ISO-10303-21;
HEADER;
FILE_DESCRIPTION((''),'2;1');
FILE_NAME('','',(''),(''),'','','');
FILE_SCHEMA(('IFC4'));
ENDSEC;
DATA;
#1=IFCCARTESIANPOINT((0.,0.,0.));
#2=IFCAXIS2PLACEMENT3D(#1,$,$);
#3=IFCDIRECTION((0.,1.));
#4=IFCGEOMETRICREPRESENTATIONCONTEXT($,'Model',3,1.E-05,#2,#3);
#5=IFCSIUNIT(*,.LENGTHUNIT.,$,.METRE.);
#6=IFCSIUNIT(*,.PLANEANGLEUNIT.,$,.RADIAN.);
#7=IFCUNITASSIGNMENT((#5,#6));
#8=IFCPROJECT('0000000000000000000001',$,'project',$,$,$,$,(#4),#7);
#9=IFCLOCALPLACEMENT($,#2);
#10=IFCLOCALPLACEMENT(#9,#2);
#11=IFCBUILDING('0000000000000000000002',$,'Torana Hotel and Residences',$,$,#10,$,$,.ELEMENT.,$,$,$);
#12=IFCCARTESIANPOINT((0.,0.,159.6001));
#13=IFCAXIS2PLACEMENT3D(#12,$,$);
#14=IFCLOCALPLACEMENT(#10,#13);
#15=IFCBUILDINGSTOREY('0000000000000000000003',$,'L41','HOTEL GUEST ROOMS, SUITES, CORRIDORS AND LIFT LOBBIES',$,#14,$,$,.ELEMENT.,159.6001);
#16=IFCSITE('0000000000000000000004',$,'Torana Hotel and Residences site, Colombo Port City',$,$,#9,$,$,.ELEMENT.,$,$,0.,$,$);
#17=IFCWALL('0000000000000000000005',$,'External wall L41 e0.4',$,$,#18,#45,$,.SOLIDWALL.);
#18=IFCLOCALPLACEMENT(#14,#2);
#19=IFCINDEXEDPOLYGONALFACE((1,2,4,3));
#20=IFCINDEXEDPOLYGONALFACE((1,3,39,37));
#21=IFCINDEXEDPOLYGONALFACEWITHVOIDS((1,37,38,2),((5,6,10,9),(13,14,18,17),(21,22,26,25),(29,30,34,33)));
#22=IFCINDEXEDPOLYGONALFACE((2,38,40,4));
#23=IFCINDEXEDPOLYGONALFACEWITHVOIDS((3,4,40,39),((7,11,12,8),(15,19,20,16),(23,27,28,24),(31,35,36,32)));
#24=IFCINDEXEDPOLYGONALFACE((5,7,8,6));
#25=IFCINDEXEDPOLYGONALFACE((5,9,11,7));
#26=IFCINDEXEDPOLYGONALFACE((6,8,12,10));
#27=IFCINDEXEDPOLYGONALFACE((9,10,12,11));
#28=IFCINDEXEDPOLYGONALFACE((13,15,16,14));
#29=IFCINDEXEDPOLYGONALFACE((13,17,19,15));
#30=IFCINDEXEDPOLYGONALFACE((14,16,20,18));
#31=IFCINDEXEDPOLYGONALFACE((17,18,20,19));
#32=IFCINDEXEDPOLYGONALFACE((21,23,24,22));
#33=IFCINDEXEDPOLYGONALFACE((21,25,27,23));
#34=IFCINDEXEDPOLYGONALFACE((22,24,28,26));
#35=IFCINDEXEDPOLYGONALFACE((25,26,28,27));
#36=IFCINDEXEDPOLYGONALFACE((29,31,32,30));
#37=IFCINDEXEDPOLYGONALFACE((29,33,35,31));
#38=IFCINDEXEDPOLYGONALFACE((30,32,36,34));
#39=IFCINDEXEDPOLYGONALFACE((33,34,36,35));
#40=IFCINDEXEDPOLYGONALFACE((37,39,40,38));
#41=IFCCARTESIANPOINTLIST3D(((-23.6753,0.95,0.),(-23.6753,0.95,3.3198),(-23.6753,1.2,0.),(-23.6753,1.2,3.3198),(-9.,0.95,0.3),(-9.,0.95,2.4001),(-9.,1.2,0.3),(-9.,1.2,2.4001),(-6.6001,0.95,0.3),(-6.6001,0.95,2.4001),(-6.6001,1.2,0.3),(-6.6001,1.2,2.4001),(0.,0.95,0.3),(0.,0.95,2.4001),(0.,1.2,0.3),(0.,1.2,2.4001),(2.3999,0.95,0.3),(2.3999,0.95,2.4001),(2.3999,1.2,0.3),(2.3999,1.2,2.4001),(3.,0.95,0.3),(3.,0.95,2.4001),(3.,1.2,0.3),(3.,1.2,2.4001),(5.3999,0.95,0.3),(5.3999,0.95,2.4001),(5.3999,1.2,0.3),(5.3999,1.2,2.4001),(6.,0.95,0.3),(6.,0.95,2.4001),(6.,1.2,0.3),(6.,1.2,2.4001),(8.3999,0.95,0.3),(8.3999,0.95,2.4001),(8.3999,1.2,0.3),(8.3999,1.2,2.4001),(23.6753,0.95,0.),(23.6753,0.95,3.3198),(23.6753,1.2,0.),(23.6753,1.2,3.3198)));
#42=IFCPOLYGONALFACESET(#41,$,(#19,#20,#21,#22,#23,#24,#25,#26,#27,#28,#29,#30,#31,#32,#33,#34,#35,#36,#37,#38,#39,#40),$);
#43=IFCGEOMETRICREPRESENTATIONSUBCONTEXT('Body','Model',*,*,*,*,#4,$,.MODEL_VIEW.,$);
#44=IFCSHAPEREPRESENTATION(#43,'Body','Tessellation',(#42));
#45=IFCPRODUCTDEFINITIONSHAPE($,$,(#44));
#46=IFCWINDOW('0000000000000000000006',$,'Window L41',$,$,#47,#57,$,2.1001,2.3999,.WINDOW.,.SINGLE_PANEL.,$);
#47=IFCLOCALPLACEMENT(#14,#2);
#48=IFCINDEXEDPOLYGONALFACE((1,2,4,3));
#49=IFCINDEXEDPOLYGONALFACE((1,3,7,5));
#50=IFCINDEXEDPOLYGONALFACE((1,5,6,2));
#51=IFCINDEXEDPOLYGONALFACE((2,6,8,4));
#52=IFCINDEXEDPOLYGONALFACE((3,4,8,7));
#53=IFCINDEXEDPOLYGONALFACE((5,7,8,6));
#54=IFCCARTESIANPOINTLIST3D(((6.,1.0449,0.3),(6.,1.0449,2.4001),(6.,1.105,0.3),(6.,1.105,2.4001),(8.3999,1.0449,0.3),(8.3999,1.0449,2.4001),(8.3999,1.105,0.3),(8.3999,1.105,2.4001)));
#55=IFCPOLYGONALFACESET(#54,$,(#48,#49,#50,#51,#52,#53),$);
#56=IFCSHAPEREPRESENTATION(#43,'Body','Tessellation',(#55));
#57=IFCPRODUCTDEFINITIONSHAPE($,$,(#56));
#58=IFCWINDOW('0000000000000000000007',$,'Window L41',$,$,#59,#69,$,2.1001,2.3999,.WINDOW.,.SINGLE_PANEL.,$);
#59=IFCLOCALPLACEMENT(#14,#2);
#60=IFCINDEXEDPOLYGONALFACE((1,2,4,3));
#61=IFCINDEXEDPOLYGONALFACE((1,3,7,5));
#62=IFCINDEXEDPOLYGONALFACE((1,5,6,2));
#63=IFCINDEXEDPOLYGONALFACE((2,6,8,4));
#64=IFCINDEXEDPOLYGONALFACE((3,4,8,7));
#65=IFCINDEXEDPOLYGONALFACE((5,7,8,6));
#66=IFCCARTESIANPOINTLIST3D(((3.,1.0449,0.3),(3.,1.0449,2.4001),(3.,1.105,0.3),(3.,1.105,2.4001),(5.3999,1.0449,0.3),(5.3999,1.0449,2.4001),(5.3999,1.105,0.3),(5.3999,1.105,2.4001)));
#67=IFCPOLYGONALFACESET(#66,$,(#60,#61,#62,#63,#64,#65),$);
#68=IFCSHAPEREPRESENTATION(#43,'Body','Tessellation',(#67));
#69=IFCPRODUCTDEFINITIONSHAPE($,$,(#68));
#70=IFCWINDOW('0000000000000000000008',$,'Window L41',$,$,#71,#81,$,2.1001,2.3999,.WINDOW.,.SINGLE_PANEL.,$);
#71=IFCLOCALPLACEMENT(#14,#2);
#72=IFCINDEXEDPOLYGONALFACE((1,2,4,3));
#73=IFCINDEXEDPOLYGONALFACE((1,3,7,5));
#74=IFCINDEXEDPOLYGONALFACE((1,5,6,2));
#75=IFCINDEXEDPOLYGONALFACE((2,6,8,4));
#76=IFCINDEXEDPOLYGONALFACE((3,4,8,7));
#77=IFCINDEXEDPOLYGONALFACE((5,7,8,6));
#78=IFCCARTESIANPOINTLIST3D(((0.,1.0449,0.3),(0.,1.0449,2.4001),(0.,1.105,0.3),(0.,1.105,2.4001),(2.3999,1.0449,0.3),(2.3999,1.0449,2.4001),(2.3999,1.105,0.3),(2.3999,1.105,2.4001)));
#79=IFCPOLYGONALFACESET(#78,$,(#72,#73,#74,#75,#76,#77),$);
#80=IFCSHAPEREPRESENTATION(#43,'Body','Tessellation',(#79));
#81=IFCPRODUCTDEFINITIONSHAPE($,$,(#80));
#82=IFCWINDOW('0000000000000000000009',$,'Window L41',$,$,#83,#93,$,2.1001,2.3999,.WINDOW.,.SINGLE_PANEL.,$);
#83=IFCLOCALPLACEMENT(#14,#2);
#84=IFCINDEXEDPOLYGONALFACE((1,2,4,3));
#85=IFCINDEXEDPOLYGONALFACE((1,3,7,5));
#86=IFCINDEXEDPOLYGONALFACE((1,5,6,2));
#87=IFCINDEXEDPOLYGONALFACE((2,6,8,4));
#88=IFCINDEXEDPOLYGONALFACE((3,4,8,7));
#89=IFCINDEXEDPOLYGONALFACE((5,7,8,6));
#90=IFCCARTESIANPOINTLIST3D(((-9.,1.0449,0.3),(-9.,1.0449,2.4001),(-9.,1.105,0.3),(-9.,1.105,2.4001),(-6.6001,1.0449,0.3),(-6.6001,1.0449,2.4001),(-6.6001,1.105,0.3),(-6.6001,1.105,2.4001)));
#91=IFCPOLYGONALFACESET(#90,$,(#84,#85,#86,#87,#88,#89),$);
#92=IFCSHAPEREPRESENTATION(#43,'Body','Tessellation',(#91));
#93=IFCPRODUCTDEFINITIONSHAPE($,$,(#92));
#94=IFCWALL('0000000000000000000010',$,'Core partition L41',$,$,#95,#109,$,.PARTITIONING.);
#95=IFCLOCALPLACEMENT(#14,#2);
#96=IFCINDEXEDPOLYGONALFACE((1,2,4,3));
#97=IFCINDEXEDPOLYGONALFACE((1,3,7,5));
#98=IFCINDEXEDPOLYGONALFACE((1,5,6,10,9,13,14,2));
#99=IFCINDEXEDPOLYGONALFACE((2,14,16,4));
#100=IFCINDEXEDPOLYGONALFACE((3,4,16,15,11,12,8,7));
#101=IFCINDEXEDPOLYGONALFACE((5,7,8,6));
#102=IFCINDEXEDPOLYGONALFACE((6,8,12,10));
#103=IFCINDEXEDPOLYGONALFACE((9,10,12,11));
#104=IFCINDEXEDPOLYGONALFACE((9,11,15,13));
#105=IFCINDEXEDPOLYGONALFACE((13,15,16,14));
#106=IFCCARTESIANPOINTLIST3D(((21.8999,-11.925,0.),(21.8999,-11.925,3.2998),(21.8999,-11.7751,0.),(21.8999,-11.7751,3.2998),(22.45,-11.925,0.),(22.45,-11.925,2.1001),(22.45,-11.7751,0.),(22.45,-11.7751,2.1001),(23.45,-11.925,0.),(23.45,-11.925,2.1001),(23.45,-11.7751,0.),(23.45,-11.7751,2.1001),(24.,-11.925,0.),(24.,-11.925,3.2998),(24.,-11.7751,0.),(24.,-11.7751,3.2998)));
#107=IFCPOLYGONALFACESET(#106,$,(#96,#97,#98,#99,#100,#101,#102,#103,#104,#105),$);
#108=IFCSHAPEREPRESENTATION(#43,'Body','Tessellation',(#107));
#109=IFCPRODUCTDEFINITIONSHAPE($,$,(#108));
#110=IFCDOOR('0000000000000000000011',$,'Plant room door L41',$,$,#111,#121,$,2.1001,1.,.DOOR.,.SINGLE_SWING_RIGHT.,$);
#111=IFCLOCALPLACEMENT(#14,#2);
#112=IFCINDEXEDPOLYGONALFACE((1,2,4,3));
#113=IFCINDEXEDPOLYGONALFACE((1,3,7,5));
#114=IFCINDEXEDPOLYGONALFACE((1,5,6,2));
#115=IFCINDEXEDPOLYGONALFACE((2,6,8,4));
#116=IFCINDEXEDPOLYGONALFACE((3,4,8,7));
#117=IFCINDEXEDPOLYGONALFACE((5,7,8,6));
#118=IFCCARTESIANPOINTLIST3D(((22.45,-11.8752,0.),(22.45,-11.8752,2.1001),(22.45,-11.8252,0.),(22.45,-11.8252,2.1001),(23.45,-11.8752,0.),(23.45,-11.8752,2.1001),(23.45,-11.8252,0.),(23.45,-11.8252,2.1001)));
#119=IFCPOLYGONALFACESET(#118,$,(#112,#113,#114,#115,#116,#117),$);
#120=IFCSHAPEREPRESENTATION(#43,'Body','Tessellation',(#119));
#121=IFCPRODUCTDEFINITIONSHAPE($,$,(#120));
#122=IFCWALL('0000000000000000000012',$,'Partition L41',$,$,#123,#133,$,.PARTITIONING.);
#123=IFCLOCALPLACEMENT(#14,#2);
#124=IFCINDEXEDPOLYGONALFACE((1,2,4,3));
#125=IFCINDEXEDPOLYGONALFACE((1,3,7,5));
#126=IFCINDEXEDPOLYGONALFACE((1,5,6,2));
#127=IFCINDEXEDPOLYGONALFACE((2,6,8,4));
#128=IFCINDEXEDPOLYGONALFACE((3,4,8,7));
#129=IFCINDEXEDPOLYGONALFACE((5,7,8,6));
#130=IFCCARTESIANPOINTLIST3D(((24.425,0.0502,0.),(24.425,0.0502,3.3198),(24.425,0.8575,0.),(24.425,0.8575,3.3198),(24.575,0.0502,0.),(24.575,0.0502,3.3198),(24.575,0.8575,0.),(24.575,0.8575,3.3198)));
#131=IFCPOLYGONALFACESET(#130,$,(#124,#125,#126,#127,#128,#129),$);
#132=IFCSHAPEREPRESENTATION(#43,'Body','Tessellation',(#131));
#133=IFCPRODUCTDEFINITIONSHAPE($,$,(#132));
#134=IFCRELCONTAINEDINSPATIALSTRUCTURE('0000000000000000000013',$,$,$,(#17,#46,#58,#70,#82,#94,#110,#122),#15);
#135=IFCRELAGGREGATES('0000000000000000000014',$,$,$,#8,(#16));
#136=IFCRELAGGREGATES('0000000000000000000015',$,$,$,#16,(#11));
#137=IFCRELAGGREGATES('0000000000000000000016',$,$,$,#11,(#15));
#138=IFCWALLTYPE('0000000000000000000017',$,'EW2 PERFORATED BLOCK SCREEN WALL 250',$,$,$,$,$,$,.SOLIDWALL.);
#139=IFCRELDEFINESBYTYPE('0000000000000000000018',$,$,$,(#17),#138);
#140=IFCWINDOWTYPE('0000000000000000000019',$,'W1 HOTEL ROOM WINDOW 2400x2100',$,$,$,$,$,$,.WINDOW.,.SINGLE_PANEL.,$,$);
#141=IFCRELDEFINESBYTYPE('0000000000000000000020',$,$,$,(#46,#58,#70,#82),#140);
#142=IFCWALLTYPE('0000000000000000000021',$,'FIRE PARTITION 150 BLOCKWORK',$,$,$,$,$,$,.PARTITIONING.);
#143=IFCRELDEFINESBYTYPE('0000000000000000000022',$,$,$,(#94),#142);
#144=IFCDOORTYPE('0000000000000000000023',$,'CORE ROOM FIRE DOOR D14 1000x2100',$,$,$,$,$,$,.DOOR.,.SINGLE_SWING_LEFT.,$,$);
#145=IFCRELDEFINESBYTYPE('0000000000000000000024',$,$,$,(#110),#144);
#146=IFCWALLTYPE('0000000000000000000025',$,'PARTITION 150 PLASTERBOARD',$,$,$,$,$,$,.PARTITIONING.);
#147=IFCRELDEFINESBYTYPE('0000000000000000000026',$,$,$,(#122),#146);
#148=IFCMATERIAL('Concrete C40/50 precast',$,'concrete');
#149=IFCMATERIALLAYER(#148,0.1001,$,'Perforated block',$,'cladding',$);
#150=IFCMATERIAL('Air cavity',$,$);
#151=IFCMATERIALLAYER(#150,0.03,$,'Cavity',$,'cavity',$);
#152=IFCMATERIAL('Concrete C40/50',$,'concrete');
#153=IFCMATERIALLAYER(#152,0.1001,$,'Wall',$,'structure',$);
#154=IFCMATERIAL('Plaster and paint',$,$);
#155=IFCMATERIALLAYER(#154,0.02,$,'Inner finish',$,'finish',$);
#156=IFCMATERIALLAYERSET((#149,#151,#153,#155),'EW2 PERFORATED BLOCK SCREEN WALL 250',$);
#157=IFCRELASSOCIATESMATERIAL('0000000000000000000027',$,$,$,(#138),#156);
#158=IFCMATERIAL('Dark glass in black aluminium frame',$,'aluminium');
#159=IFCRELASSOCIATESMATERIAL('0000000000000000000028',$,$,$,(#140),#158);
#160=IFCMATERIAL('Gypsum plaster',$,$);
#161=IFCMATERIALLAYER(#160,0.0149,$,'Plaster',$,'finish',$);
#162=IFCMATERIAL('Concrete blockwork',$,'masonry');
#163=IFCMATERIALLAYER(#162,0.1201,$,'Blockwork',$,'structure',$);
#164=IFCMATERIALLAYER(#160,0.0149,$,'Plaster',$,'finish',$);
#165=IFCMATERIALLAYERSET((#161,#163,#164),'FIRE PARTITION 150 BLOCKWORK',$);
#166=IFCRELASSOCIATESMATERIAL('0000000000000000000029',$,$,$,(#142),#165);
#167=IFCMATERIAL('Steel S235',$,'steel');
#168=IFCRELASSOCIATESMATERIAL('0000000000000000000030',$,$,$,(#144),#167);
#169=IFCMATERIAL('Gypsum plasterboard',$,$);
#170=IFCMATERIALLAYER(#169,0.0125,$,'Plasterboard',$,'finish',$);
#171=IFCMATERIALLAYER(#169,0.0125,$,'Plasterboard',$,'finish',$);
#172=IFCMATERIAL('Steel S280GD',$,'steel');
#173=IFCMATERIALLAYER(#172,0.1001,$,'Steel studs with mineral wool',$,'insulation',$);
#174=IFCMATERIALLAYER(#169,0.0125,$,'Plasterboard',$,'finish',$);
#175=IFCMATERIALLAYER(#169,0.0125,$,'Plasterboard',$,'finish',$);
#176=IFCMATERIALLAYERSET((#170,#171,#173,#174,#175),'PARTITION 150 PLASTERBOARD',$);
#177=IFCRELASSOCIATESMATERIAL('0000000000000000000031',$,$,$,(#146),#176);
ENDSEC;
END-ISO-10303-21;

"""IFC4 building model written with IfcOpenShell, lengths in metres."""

from ifc_helpers import new_model, si_unit, direction, frame, frame_2d, origin, place, context, subcontext, project, spatial, rectangle, extrude, material, layer, layer_set, type_object, element, fill, save


model = new_model("IFC4")

# Units and contexts
model_context = context("Model", 3, precision=1e-05, world=origin(), true_north=direction((0.0, 1.0)))
body_context = subcontext(model_context, "Body", "Model", "MODEL_VIEW")
ifc_project = project(units=[si_unit("LENGTHUNIT", "METRE"), si_unit("PLANEANGLEUNIT", "RADIAN")], contexts=[model_context])

# Site, building, storey
site_placement = place(None, origin())
site = spatial("IfcSite", under=ifc_project, at=site_placement, Name="Torana Hotel and Residences site, Colombo Port City", CompositionType="ELEMENT", RefElevation=0.0)
building_placement = place(site_placement, origin())
building = spatial("IfcBuilding", under=site, at=building_placement, Name="Torana Hotel and Residences", CompositionType="ELEMENT")
storey_placement = place(building_placement, frame((0.0, 0.0, 159.6001)))
storey = spatial("IfcBuildingStorey", under=building, at=storey_placement, Name="L41", Description="HOTEL GUEST ROOMS, SUITES, CORRIDORS AND LIFT LOBBIES", CompositionType="ELEMENT", Elevation=159.6001)

# Shared definitions
ifc_material_1 = material(Name="Steel S280GD", Category="steel")

# Wall, openings, windows
ifc_material_2 = material(Name="Concrete C40/50 precast", Category="concrete")
ifc_layer_1 = layer(ifc_material_2, 0.1001, Name="Perforated block", Category="cladding")
ifc_material_3 = material(Name="Air cavity")
ifc_layer_2 = layer(ifc_material_3, 0.03, Name="Cavity", Category="cavity")
ifc_material_4 = material(Name="Concrete C40/50", Category="concrete")
ifc_layer_3 = layer(ifc_material_4, 0.1001, Name="Wall", Category="structure")
ifc_material_5 = material(Name="Plaster and paint")
ifc_layer_4 = layer(ifc_material_5, 0.02, Name="Inner finish", Category="finish")
ifc_layer_set_1 = layer_set([ifc_layer_1, ifc_layer_2, ifc_layer_3, ifc_layer_4], Name="EW2 PERFORATED BLOCK SCREEN WALL 250")
wall_type_1 = type_object("IfcWallType", Name="EW2 PERFORATED BLOCK SCREEN WALL 250", PredefinedType="SOLIDWALL", material=ifc_layer_set_1)
wall_1_placement = place(storey_placement, frame((23.6753, 1.075, 0.0), z_axis=(0.0, 0.0, 1.0), x_axis=(-1.0, 0.0, 0.0)))
wall_1 = element("IfcWall", 1, at=wall_1_placement, inside=storey, type_object=wall_type_1, Name="External wall L41 e0.4", PredefinedType="SOLIDWALL", context=body_context, shape_type="SweptSolid", body=[
    extrude(rectangle(XDim=47.3506, YDim=0.25, at=frame_2d((23.6753, 0.0))), origin(), (0.0, 0.0, 1.0), 3.3198),
])
opening_1_placement = place(wall_1_placement, frame((15.2754, 0.0, 0.3)))
opening_1 = element("IfcOpeningElement", 2, at=opening_1_placement, cuts=wall_1, PredefinedType="OPENING", context=body_context, shape_type="SweptSolid", body=[
    extrude(rectangle(XDim=2.3999, YDim=2.1001, at=frame_2d((1.2, 1.05))), frame((0.0, 0.135, 0.0), z_axis=(0.0, -1.0, 0.0), x_axis=(1.0, 0.0, 0.0)), (0.0, 0.0, 1.0), 0.27),
])
opening_2_placement = place(wall_1_placement, frame((18.2754, 0.0, 0.3)))
opening_2 = element("IfcOpeningElement", 3, at=opening_2_placement, cuts=wall_1, PredefinedType="OPENING", context=body_context, shape_type="SweptSolid", body=[
    extrude(rectangle(XDim=2.3999, YDim=2.1001, at=frame_2d((1.2, 1.05))), frame((0.0, 0.135, 0.0), z_axis=(0.0, -1.0, 0.0), x_axis=(1.0, 0.0, 0.0)), (0.0, 0.0, 1.0), 0.27),
])
opening_3_placement = place(wall_1_placement, frame((21.2754, 0.0, 0.3)))
opening_3 = element("IfcOpeningElement", 4, at=opening_3_placement, cuts=wall_1, PredefinedType="OPENING", context=body_context, shape_type="SweptSolid", body=[
    extrude(rectangle(XDim=2.3999, YDim=2.1001, at=frame_2d((1.2, 1.05))), frame((0.0, 0.135, 0.0), z_axis=(0.0, -1.0, 0.0), x_axis=(1.0, 0.0, 0.0)), (0.0, 0.0, 1.0), 0.27),
])
opening_4_placement = place(wall_1_placement, frame((30.2754, 0.0, 0.3)))
opening_4 = element("IfcOpeningElement", 5, at=opening_4_placement, cuts=wall_1, PredefinedType="OPENING", context=body_context, shape_type="SweptSolid", body=[
    extrude(rectangle(XDim=2.3999, YDim=2.1001, at=frame_2d((1.2, 1.05))), frame((0.0, 0.135, 0.0), z_axis=(0.0, -1.0, 0.0), x_axis=(1.0, 0.0, 0.0)), (0.0, 0.0, 1.0), 0.27),
])
ifc_material_6 = material(Name="Dark glass in black aluminium frame", Category="aluminium")
window_type = type_object("IfcWindowType", Name="W1 HOTEL ROOM WINDOW 2400x2100", PartitioningType="SINGLE_PANEL", PredefinedType="WINDOW", material=ifc_material_6)
window_1_placement = place(opening_1_placement, origin())
window_1 = element("IfcWindow", 6, at=window_1_placement, inside=storey, type_object=window_type, Name="Window L41", OverallHeight=2.1001, OverallWidth=2.3999, PartitioningType="SINGLE_PANEL", PredefinedType="WINDOW", context=body_context, shape_type="SweptSolid", body=[
    extrude(rectangle(XDim=2.3999, YDim=2.1001, at=frame_2d((1.2, 1.05))), frame((0.0, 0.03, 0.0), z_axis=(0.0, -1.0, 0.0), x_axis=(1.0, 0.0, 0.0)), (0.0, 0.0, 1.0), 0.0601),
])
fill(opening_1, window_1)
window_2_placement = place(opening_2_placement, origin())
window_2 = element("IfcWindow", 7, at=window_2_placement, inside=storey, type_object=window_type, Name="Window L41", OverallHeight=2.1001, OverallWidth=2.3999, PartitioningType="SINGLE_PANEL", PredefinedType="WINDOW", context=body_context, shape_type="SweptSolid", body=[
    extrude(rectangle(XDim=2.3999, YDim=2.1001, at=frame_2d((1.2, 1.05))), frame((0.0, 0.03, 0.0), z_axis=(0.0, -1.0, 0.0), x_axis=(1.0, 0.0, 0.0)), (0.0, 0.0, 1.0), 0.0601),
])
fill(opening_2, window_2)
window_3_placement = place(opening_3_placement, origin())
window_3 = element("IfcWindow", 8, at=window_3_placement, inside=storey, type_object=window_type, Name="Window L41", OverallHeight=2.1001, OverallWidth=2.3999, PartitioningType="SINGLE_PANEL", PredefinedType="WINDOW", context=body_context, shape_type="SweptSolid", body=[
    extrude(rectangle(XDim=2.3999, YDim=2.1001, at=frame_2d((1.2, 1.05))), frame((0.0, 0.03, 0.0), z_axis=(0.0, -1.0, 0.0), x_axis=(1.0, 0.0, 0.0)), (0.0, 0.0, 1.0), 0.0601),
])
fill(opening_3, window_3)
window_4_placement = place(opening_4_placement, origin())
window_4 = element("IfcWindow", 9, at=window_4_placement, inside=storey, type_object=window_type, Name="Window L41", OverallHeight=2.1001, OverallWidth=2.3999, PartitioningType="SINGLE_PANEL", PredefinedType="WINDOW", context=body_context, shape_type="SweptSolid", body=[
    extrude(rectangle(XDim=2.3999, YDim=2.1001, at=frame_2d((1.2, 1.05))), frame((0.0, 0.03, 0.0), z_axis=(0.0, -1.0, 0.0), x_axis=(1.0, 0.0, 0.0)), (0.0, 0.0, 1.0), 0.0601),
])
fill(opening_4, window_4)

# Wall, opening, door
ifc_material_7 = material(Name="Gypsum plaster")
ifc_layer_5 = layer(ifc_material_7, 0.0149, Name="Plaster", Category="finish")
ifc_material_8 = material(Name="Concrete blockwork", Category="masonry")
ifc_layer_6 = layer(ifc_material_8, 0.1201, Name="Blockwork", Category="structure")
ifc_layer_7 = layer(ifc_material_7, 0.0149, Name="Plaster", Category="finish")
ifc_layer_set_2 = layer_set([ifc_layer_5, ifc_layer_6, ifc_layer_7], Name="FIRE PARTITION 150 BLOCKWORK")
wall_type_2 = type_object("IfcWallType", Name="FIRE PARTITION 150 BLOCKWORK", PredefinedType="PARTITIONING", material=ifc_layer_set_2)
wall_2_placement = place(storey_placement, frame((21.8999, -11.8501, 0.0), z_axis=(0.0, 0.0, 1.0), x_axis=(1.0, 0.0, 0.0)))
wall_2 = element("IfcWall", 10, at=wall_2_placement, inside=storey, type_object=wall_type_2, Name="Core partition L41", PredefinedType="PARTITIONING", context=body_context, shape_type="SweptSolid", body=[
    extrude(rectangle(XDim=2.1001, YDim=0.1499, at=frame_2d((1.05, 0.0))), origin(), (0.0, 0.0, 1.0), 3.2998),
])
opening_5_placement = place(wall_2_placement, frame((0.55, 0.0, 0.0)))
opening_5 = element("IfcOpeningElement", 11, at=opening_5_placement, cuts=wall_2, PredefinedType="OPENING", context=body_context, shape_type="SweptSolid", body=[
    extrude(rectangle(XDim=1.0, YDim=2.1001, at=frame_2d((0.5, 1.05))), frame((0.0, 0.085, 0.0), z_axis=(0.0, -1.0, 0.0), x_axis=(1.0, 0.0, 0.0)), (0.0, 0.0, 1.0), 0.1699),
])
ifc_material_9 = material(Name="Steel S235", Category="steel")
door_type_1 = type_object("IfcDoorType", Name="CORE ROOM FIRE DOOR D14 1000x2100", OperationType="SINGLE_SWING_LEFT", PredefinedType="DOOR", material=ifc_material_9)
door_1_placement = place(opening_5_placement, origin())
door_1 = element("IfcDoor", 12, at=door_1_placement, inside=storey, type_object=door_type_1, Name="Plant room door L41", OperationType="SINGLE_SWING_RIGHT", OverallHeight=2.1001, OverallWidth=1.0, PredefinedType="DOOR", context=body_context, shape_type="SweptSolid", body=[
    extrude(rectangle(XDim=1.0, YDim=2.1001, at=frame_2d((0.5, 1.05))), frame((0.0, 0.0249, 0.0), z_axis=(0.0, -1.0, 0.0), x_axis=(1.0, 0.0, 0.0)), (0.0, 0.0, 1.0), 0.05),
])
fill(opening_5, door_1)

# Wall
ifc_material_10 = material(Name="Gypsum plasterboard")
ifc_layer_8 = layer(ifc_material_10, 0.0125, Name="Plasterboard", Category="finish")
ifc_layer_9 = layer(ifc_material_10, 0.0125, Name="Plasterboard", Category="finish")
ifc_layer_10 = layer(ifc_material_1, 0.1001, Name="Steel studs with mineral wool", Category="insulation")
ifc_layer_11 = layer(ifc_material_10, 0.0125, Name="Plasterboard", Category="finish")
ifc_layer_12 = layer(ifc_material_10, 0.0125, Name="Plasterboard", Category="finish")
ifc_layer_set_3 = layer_set([ifc_layer_8, ifc_layer_9, ifc_layer_10, ifc_layer_11, ifc_layer_12], Name="PARTITION 150 PLASTERBOARD")
wall_type_3 = type_object("IfcWallType", Name="PARTITION 150 PLASTERBOARD", PredefinedType="PARTITIONING", material=ifc_layer_set_3)
wall_3_placement = place(storey_placement, frame((24.5, 0.05, 0.0), z_axis=(0.0, 0.0, 1.0), x_axis=(0.0, 1.0, 0.0)))
element("IfcWall", 13, at=wall_3_placement, inside=storey, type_object=wall_type_3, Name="Partition L41", PredefinedType="PARTITIONING", context=body_context, shape_type="SweptSolid", body=[
    extrude(rectangle(XDim=0.8074, YDim=0.1499, at=frame_2d((0.4038, 0.0))), origin(), (0.0, 0.0, 1.0), 3.3198),
])

save(model, "model.ifc")
